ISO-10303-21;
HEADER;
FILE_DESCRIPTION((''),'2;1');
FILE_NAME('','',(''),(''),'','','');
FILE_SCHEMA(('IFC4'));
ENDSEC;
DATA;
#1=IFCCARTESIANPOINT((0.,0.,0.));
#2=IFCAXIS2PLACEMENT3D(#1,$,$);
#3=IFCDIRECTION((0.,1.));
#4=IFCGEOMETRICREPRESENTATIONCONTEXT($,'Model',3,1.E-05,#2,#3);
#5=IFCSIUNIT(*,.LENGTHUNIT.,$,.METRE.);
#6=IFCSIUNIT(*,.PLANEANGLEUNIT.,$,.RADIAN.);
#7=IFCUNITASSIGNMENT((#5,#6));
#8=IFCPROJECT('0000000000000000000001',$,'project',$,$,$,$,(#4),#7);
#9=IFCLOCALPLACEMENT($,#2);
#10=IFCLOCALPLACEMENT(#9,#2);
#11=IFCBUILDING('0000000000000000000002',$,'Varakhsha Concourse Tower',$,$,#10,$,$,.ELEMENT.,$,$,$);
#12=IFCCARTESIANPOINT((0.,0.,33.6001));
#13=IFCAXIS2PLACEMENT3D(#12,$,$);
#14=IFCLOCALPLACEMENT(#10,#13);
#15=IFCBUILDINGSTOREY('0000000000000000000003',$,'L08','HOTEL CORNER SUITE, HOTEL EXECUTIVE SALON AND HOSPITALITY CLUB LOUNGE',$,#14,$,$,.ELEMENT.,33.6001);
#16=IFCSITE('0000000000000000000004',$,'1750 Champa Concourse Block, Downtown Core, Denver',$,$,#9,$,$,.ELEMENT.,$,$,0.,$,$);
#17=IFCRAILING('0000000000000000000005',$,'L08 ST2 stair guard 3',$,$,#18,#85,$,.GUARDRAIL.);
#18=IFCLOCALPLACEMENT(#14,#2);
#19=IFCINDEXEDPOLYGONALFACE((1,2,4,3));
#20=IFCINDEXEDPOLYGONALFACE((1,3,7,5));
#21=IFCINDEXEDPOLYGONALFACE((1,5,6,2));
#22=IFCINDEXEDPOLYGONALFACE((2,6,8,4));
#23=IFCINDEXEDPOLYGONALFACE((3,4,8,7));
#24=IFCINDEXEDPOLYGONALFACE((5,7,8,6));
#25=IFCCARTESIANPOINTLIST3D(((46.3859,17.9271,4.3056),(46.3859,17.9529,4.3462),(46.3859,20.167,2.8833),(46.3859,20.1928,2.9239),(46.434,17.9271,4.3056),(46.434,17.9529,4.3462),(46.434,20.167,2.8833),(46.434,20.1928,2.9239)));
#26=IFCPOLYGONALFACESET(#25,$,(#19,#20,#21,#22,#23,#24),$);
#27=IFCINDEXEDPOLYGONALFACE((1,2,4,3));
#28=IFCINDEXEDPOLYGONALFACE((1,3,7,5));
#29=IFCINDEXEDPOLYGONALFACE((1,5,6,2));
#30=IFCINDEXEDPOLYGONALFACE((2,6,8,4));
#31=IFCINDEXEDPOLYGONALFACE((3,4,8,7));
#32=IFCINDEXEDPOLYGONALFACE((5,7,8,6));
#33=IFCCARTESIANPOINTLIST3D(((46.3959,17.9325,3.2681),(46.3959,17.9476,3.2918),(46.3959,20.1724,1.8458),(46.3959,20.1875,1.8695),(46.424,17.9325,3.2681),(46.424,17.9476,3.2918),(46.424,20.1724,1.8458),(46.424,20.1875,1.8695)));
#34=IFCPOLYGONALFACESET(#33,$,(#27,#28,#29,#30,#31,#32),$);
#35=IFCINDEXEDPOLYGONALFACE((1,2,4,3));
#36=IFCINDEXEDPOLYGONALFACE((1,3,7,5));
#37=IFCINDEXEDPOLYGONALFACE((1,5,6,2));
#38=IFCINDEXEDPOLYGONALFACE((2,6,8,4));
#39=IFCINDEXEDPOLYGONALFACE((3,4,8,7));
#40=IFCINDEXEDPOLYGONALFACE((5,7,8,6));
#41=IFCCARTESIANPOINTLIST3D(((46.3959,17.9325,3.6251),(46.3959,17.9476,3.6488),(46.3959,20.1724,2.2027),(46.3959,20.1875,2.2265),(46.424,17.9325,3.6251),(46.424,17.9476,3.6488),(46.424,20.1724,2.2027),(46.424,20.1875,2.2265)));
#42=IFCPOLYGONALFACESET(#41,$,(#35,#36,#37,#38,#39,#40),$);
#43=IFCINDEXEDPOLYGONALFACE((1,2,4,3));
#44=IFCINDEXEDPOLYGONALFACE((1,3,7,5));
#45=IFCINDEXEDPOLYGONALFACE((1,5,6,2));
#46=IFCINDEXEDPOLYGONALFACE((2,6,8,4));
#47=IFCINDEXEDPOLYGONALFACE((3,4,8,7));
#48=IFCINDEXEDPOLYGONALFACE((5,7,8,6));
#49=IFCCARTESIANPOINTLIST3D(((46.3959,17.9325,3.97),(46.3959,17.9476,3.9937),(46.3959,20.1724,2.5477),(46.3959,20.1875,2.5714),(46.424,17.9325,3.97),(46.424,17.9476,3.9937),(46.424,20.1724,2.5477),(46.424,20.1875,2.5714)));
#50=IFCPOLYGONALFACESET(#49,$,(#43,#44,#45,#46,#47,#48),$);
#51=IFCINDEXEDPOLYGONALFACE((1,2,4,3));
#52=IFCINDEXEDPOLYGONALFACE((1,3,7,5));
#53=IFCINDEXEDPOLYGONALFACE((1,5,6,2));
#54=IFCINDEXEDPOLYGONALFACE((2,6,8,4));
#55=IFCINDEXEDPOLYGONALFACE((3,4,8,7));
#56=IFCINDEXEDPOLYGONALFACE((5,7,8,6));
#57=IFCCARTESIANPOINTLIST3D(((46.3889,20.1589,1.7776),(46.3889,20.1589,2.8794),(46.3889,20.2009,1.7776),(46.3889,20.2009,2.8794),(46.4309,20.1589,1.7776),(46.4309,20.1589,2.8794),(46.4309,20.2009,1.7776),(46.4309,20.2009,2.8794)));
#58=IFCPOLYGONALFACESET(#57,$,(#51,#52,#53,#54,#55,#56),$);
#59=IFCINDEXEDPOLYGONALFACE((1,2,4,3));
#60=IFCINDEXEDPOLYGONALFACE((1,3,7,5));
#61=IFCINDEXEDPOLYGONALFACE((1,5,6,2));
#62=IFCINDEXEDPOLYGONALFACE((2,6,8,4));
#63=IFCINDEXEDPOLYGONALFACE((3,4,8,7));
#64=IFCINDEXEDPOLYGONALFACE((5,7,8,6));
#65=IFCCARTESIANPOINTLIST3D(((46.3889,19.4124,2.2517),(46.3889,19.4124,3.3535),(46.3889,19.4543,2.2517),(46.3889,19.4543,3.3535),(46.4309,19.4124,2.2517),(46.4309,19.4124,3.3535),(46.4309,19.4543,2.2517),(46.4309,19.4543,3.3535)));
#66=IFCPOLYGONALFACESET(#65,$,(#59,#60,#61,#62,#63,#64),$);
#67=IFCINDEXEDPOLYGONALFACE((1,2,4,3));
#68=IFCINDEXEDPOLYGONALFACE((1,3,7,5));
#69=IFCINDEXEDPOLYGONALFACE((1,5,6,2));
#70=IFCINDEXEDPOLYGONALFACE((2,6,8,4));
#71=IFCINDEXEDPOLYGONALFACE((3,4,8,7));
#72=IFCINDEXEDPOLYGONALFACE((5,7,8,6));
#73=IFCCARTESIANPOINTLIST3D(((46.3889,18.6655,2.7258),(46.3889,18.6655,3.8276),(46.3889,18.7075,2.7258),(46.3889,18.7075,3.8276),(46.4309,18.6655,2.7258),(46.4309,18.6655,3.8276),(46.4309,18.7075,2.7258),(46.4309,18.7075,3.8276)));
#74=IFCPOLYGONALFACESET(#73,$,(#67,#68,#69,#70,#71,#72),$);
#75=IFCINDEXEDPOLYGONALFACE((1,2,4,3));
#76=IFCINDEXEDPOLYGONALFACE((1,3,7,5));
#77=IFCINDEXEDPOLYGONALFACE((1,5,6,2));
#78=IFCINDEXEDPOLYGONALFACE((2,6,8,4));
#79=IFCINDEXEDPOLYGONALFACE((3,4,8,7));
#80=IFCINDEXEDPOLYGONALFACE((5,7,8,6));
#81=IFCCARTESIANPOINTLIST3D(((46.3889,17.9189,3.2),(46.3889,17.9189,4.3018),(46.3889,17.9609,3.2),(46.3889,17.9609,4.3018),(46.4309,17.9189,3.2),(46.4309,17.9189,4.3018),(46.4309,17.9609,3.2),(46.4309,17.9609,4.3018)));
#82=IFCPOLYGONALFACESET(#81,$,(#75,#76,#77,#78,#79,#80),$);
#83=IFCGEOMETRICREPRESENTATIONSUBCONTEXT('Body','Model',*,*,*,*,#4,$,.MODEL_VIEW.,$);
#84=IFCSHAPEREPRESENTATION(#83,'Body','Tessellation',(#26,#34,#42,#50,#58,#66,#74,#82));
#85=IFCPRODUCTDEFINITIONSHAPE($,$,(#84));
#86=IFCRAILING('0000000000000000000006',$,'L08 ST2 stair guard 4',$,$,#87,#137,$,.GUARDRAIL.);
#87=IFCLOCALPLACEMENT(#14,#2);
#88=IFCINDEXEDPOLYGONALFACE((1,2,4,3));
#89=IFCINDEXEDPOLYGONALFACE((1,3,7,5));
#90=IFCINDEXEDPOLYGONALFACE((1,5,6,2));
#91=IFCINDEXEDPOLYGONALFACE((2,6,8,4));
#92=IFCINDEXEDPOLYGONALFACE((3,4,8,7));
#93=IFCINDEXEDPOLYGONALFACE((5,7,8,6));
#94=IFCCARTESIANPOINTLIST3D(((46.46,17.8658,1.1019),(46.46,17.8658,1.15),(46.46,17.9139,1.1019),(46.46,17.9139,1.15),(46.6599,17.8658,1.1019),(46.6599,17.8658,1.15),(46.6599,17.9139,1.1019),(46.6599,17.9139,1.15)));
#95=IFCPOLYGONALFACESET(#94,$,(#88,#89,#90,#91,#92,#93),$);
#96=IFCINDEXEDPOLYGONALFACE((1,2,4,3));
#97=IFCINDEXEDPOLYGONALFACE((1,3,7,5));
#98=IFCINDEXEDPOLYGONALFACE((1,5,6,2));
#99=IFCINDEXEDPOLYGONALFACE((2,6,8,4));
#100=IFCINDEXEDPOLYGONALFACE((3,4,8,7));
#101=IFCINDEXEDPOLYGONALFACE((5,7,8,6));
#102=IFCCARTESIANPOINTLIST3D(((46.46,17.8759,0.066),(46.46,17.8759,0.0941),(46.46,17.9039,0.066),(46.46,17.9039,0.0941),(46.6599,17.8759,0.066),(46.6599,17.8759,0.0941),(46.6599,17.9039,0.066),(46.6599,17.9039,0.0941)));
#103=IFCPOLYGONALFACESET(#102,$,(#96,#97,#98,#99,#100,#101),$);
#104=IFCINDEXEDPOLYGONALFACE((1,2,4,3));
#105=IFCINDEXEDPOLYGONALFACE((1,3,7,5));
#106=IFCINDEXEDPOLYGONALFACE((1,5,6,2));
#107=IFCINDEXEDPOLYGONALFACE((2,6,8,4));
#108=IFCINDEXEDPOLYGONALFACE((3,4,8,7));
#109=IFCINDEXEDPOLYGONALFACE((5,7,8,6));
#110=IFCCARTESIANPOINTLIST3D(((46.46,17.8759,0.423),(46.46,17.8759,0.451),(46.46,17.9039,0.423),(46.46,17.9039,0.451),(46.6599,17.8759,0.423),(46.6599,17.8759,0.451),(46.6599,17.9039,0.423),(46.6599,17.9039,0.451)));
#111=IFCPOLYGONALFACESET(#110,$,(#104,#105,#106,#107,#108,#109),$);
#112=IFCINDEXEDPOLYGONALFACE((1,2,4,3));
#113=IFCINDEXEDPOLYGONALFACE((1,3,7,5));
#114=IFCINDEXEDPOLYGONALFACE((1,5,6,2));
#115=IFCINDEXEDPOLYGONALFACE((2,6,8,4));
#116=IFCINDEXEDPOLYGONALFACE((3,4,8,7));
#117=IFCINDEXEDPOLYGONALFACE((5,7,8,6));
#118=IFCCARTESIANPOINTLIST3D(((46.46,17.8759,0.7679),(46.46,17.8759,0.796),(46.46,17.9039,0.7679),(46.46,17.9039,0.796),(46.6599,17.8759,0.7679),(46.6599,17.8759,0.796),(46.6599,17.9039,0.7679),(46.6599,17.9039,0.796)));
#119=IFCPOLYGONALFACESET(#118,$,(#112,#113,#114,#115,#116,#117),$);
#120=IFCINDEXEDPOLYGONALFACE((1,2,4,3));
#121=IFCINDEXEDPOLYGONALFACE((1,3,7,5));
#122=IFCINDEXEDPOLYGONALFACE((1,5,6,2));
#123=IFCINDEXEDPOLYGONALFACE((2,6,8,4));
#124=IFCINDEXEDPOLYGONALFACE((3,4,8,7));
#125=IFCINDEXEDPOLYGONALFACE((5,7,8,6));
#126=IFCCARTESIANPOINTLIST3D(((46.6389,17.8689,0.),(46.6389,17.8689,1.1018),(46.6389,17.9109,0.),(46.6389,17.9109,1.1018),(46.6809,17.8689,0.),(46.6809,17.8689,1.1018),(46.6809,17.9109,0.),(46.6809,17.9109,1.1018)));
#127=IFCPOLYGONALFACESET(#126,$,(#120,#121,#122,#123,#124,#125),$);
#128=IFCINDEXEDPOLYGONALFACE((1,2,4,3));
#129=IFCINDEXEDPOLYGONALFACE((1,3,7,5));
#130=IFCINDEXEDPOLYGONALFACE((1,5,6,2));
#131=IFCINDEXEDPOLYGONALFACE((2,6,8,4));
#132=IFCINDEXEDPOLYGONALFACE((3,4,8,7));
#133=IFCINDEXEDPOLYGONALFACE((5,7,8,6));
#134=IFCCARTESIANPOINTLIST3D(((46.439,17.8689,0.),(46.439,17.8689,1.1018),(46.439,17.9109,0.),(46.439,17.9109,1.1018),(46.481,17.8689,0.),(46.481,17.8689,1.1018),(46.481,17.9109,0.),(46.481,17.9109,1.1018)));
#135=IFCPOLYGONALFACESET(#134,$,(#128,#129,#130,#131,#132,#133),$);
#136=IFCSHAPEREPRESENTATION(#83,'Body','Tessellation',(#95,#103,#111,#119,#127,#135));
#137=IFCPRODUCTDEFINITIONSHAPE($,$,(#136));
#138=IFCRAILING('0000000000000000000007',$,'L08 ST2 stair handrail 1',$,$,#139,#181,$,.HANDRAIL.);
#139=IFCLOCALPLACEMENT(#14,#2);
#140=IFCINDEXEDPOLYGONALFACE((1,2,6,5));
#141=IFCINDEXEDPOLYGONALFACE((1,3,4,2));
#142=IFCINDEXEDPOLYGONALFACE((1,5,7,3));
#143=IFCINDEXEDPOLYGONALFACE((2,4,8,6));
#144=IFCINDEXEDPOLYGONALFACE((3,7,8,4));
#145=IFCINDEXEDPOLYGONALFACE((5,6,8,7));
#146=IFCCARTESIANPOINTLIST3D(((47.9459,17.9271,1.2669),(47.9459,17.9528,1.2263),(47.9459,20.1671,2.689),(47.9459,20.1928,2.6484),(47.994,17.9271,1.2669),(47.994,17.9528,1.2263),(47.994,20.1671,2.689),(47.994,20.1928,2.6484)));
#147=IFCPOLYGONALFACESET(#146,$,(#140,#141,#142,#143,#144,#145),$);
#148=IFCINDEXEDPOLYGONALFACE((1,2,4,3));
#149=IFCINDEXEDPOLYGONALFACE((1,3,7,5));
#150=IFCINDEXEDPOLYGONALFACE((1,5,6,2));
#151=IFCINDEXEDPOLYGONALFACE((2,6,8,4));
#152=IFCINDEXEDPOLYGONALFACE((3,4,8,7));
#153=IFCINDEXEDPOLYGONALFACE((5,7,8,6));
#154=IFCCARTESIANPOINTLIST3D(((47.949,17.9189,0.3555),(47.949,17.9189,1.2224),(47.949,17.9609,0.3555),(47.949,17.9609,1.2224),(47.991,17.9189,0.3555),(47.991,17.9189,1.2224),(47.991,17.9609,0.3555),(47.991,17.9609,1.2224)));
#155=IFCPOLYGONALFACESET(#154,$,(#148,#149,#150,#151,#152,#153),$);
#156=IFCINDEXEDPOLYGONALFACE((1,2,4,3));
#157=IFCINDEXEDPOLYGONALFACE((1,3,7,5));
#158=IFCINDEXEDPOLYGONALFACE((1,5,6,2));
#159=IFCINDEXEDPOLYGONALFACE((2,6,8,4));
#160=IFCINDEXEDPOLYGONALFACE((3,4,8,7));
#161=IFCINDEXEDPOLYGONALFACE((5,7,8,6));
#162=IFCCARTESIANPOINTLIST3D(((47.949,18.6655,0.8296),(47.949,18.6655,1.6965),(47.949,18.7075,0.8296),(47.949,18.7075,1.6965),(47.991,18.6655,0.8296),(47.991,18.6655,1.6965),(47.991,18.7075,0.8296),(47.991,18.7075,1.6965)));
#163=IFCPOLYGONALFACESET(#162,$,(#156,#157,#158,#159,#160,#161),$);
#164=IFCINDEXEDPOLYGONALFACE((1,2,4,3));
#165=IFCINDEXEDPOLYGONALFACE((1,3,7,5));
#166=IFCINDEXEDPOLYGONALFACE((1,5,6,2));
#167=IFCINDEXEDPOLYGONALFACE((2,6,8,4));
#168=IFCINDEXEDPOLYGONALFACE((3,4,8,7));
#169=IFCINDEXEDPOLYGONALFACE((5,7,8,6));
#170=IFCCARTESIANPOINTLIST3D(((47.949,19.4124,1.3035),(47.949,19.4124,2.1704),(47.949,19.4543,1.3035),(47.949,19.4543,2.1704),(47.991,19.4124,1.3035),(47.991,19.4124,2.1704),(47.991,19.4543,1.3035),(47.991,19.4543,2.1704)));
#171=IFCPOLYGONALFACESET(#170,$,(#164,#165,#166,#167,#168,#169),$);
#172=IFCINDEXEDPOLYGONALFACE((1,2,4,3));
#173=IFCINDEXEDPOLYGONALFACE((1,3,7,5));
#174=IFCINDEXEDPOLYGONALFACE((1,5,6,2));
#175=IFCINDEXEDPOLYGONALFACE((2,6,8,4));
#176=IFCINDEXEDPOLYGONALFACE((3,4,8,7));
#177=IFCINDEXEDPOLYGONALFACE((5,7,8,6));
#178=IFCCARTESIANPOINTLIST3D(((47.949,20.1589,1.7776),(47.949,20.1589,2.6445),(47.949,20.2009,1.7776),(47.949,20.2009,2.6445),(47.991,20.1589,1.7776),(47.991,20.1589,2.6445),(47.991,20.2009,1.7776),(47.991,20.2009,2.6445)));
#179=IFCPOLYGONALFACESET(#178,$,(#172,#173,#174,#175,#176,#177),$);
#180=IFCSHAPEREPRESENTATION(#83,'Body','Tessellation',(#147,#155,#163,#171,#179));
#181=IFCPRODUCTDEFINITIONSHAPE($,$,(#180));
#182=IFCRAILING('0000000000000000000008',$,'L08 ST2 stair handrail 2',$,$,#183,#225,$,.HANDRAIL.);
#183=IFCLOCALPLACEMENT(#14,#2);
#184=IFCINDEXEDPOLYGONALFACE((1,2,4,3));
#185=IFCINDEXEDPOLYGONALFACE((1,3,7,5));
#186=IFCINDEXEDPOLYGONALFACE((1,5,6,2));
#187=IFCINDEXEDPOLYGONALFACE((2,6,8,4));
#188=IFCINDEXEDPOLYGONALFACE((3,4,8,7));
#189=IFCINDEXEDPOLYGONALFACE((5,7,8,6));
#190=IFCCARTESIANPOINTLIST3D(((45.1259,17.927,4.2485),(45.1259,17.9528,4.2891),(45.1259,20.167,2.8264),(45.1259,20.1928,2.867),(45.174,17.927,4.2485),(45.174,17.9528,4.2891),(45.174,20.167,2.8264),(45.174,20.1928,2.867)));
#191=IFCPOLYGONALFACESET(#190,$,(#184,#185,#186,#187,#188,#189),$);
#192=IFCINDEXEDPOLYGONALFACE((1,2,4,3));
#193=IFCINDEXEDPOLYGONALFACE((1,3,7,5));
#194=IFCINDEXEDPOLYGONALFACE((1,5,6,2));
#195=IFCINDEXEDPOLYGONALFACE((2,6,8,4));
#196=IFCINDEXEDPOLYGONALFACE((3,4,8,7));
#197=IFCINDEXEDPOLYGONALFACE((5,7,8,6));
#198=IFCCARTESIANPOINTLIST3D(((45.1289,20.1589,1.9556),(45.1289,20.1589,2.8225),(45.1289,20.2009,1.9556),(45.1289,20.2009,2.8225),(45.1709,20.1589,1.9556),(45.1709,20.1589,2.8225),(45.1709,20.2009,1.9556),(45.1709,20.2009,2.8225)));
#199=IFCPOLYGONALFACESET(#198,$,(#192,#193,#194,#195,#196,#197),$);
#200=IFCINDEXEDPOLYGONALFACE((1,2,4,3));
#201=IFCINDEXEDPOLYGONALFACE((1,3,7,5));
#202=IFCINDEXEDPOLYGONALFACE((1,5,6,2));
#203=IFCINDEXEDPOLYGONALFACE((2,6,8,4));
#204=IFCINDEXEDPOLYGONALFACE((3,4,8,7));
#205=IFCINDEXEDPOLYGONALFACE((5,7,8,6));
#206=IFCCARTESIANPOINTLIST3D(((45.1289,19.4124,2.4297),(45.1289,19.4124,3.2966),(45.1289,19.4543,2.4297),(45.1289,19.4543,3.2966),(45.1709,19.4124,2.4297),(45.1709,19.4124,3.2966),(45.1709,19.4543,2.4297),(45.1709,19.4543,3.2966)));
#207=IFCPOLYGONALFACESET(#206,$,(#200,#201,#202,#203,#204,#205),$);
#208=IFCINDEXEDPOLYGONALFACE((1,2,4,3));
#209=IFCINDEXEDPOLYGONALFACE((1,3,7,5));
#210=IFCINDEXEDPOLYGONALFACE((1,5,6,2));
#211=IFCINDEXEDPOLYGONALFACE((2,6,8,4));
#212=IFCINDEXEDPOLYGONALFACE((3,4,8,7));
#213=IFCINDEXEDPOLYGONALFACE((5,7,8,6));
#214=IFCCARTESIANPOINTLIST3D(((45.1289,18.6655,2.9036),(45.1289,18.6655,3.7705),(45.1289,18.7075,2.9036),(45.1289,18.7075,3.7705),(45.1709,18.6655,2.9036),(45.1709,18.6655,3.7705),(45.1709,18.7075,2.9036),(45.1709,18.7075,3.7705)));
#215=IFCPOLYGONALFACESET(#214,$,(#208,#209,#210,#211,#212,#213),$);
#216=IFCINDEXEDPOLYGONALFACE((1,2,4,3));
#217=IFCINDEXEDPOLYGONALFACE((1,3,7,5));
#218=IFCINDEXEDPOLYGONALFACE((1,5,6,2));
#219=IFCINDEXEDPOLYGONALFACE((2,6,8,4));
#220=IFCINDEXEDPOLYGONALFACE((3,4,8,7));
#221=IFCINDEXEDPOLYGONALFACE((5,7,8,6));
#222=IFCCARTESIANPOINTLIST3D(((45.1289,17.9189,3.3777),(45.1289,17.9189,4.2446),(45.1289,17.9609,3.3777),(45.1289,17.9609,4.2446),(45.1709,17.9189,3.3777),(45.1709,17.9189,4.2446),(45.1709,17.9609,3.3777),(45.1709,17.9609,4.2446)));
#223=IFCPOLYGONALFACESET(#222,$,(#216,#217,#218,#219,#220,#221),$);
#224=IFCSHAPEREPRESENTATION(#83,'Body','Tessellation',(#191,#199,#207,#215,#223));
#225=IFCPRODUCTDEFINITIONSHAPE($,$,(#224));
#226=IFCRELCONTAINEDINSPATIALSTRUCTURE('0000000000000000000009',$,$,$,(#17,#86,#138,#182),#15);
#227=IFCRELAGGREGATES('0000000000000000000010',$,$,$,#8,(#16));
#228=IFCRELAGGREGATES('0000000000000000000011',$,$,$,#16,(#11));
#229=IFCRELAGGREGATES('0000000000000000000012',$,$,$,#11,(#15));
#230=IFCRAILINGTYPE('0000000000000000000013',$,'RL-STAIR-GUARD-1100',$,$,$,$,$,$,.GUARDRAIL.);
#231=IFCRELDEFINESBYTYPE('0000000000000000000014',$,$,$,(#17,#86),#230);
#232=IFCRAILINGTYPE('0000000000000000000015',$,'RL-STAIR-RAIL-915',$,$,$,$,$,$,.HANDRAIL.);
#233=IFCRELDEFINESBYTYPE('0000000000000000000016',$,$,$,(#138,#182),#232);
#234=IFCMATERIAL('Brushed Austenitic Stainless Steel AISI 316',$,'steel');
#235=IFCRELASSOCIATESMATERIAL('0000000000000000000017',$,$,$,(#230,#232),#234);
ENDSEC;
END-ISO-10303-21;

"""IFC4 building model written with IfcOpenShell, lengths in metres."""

from ifc_helpers import new_model, si_unit, direction, frame, origin, origin_2d, place, context, subcontext, project, spatial, rectangle, extrude, material, type_object, element, save


model = new_model("IFC4")

# Units and contexts
model_context = context("Model", 3, precision=1e-05, world=origin(), true_north=direction((0.0, 1.0)))
body_context = subcontext(model_context, "Body", "Model", "MODEL_VIEW")
ifc_project = project(units=[si_unit("LENGTHUNIT", "METRE"), si_unit("PLANEANGLEUNIT", "RADIAN")], contexts=[model_context])

# Site, building, storey
site_placement = place(None, origin())
site = spatial("IfcSite", under=ifc_project, at=site_placement, Name="1750 Champa Concourse Block, Downtown Core, Denver", CompositionType="ELEMENT", RefElevation=0.0)
building_placement = place(site_placement, origin())
building = spatial("IfcBuilding", under=site, at=building_placement, Name="Varakhsha Concourse Tower", CompositionType="ELEMENT")
storey_placement = place(building_placement, frame((0.0, 0.0, 33.6001)))
storey = spatial("IfcBuildingStorey", under=building, at=storey_placement, Name="L08", Description="HOTEL CORNER SUITE, HOTEL EXECUTIVE SALON AND HOSPITALITY CLUB LOUNGE", CompositionType="ELEMENT", Elevation=33.6001)

# Railings
ifc_material_1 = material(Name="Brushed Austenitic Stainless Steel AISI 316", Category="steel")
railing_type_1 = type_object("IfcRailingType", Name="RL-STAIR-GUARD-1100", PredefinedType="GUARDRAIL", material=ifc_material_1)
railing_1_placement = place(storey_placement, frame((46.4099, 20.1799, 1.7776)))
element("IfcRailing", 1, at=railing_1_placement, inside=storey, type_object=railing_type_1, Name="L08 ST2 stair guard 3", PredefinedType="GUARDRAIL", context=body_context, shape_type="SweptSolid", body=[
    extrude(rectangle(XDim=0.0481, YDim=0.0481, at=origin_2d()), frame((0.0, 0.0, 1.126), z_axis=(0.0, -0.844188, 0.536048), x_axis=(1.0, 0.0, 0.0)), (0.0, 0.0, 1.0), 2.6533),
    extrude(rectangle(XDim=0.0281, YDim=0.0281, at=origin_2d()), frame((0.0, 0.0, 0.0801), z_axis=(0.0, -0.844188, 0.536048), x_axis=(1.0, 0.0, 0.0)), (0.0, 0.0, 1.0), 2.6533),
    extrude(rectangle(XDim=0.0281, YDim=0.0281, at=origin_2d()), frame((0.0, 0.0, 0.437), z_axis=(0.0, -0.844188, 0.536048), x_axis=(1.0, 0.0, 0.0)), (0.0, 0.0, 1.0), 2.6533),
    extrude(rectangle(XDim=0.0281, YDim=0.0281, at=origin_2d()), frame((0.0, 0.0, 0.782), z_axis=(0.0, -0.844188, 0.536048), x_axis=(1.0, 0.0, 0.0)), (0.0, 0.0, 1.0), 2.6533),
    extrude(rectangle(XDim=0.042, YDim=0.042, at=origin_2d()), origin(), (0.0, 0.0, 1.0), 1.1018),
    extrude(rectangle(XDim=0.042, YDim=0.042, at=origin_2d()), frame((0.0, -0.7466, 0.4741)), (0.0, 0.0, 1.0), 1.1018),
    extrude(rectangle(XDim=0.042, YDim=0.042, at=origin_2d()), frame((0.0, -1.4934, 0.9482)), (0.0, 0.0, 1.0), 1.1018),
    extrude(rectangle(XDim=0.042, YDim=0.042, at=origin_2d()), frame((0.0, -2.24, 1.4224)), (0.0, 0.0, 1.0), 1.1018),
])
railing_2_placement = place(storey_placement, frame((46.6599, 17.8899, 0.0)))
element("IfcRailing", 2, at=railing_2_placement, inside=storey, type_object=railing_type_1, Name="L08 ST2 stair guard 4", PredefinedType="GUARDRAIL", context=body_context, shape_type="SweptSolid", body=[
    extrude(rectangle(XDim=0.0481, YDim=0.0481, at=origin_2d()), frame((0.0, 0.0, 1.126), z_axis=(-1.0, 0.0, 0.0), x_axis=(0.0, -1.0, 0.0)), (0.0, 0.0, 1.0), 0.2),
    extrude(rectangle(XDim=0.0281, YDim=0.0281, at=origin_2d()), frame((0.0, 0.0, 0.0801), z_axis=(-1.0, 0.0, 0.0), x_axis=(0.0, -1.0, 0.0)), (0.0, 0.0, 1.0), 0.2),
    extrude(rectangle(XDim=0.0281, YDim=0.0281, at=origin_2d()), frame((0.0, 0.0, 0.437), z_axis=(-1.0, 0.0, 0.0), x_axis=(0.0, -1.0, 0.0)), (0.0, 0.0, 1.0), 0.2),
    extrude(rectangle(XDim=0.0281, YDim=0.0281, at=origin_2d()), frame((0.0, 0.0, 0.782), z_axis=(-1.0, 0.0, 0.0), x_axis=(0.0, -1.0, 0.0)), (0.0, 0.0, 1.0), 0.2),
    extrude(rectangle(XDim=0.042, YDim=0.042, at=origin_2d()), origin(), (0.0, 0.0, 1.0), 1.1018),
    extrude(rectangle(XDim=0.042, YDim=0.042, at=origin_2d()), frame((-0.2, 0.0, 0.0)), (0.0, 0.0, 1.0), 1.1018),
])
railing_type_2 = type_object("IfcRailingType", Name="RL-STAIR-RAIL-915", PredefinedType="HANDRAIL", material=ifc_material_1)
railing_3_placement = place(storey_placement, frame((47.97, 17.9399, 0.3555)))
element("IfcRailing", 3, at=railing_3_placement, inside=storey, type_object=railing_type_2, Name="L08 ST2 stair handrail 1", PredefinedType="HANDRAIL", context=body_context, shape_type="SweptSolid", body=[
    extrude(rectangle(XDim=0.0481, YDim=0.0481, at=origin_2d()), frame((0.0, 0.0, 0.8911), z_axis=(0.0, 0.844229, 0.535982), x_axis=(-1.0, 0.0, 0.0)), (0.0, 0.0, 1.0), 2.6533),
    extrude(rectangle(XDim=0.042, YDim=0.042, at=origin_2d()), origin(), (0.0, 0.0, 1.0), 0.8669),
    extrude(rectangle(XDim=0.042, YDim=0.042, at=origin_2d()), frame((0.0, 0.7466, 0.4741)), (0.0, 0.0, 1.0), 0.8669),
    extrude(rectangle(XDim=0.042, YDim=0.042, at=origin_2d()), frame((0.0, 1.4934, 0.948)), (0.0, 0.0, 1.0), 0.8669),
    extrude(rectangle(XDim=0.042, YDim=0.042, at=origin_2d()), frame((0.0, 2.24, 1.4221)), (0.0, 0.0, 1.0), 0.8669),
])
railing_4_placement = place(storey_placement, frame((45.1499, 20.1799, 1.9556)))
element("IfcRailing", 4, at=railing_4_placement, inside=storey, type_object=railing_type_2, Name="L08 ST2 stair handrail 2", PredefinedType="HANDRAIL", context=body_context, shape_type="SweptSolid", body=[
    extrude(rectangle(XDim=0.0481, YDim=0.0481, at=origin_2d()), frame((0.0, 0.0, 0.8911), z_axis=(0.0, -0.844229, 0.535982), x_axis=(1.0, 0.0, 0.0)), (0.0, 0.0, 1.0), 2.6533),
    extrude(rectangle(XDim=0.042, YDim=0.042, at=origin_2d()), origin(), (0.0, 0.0, 1.0), 0.8669),
    extrude(rectangle(XDim=0.042, YDim=0.042, at=origin_2d()), frame((0.0, -0.7466, 0.4741)), (0.0, 0.0, 1.0), 0.8669),
    extrude(rectangle(XDim=0.042, YDim=0.042, at=origin_2d()), frame((0.0, -1.4934, 0.948)), (0.0, 0.0, 1.0), 0.8669),
    extrude(rectangle(XDim=0.042, YDim=0.042, at=origin_2d()), frame((0.0, -2.24, 1.4221)), (0.0, 0.0, 1.0), 0.8669),
])

save(model, "model.ifc")
